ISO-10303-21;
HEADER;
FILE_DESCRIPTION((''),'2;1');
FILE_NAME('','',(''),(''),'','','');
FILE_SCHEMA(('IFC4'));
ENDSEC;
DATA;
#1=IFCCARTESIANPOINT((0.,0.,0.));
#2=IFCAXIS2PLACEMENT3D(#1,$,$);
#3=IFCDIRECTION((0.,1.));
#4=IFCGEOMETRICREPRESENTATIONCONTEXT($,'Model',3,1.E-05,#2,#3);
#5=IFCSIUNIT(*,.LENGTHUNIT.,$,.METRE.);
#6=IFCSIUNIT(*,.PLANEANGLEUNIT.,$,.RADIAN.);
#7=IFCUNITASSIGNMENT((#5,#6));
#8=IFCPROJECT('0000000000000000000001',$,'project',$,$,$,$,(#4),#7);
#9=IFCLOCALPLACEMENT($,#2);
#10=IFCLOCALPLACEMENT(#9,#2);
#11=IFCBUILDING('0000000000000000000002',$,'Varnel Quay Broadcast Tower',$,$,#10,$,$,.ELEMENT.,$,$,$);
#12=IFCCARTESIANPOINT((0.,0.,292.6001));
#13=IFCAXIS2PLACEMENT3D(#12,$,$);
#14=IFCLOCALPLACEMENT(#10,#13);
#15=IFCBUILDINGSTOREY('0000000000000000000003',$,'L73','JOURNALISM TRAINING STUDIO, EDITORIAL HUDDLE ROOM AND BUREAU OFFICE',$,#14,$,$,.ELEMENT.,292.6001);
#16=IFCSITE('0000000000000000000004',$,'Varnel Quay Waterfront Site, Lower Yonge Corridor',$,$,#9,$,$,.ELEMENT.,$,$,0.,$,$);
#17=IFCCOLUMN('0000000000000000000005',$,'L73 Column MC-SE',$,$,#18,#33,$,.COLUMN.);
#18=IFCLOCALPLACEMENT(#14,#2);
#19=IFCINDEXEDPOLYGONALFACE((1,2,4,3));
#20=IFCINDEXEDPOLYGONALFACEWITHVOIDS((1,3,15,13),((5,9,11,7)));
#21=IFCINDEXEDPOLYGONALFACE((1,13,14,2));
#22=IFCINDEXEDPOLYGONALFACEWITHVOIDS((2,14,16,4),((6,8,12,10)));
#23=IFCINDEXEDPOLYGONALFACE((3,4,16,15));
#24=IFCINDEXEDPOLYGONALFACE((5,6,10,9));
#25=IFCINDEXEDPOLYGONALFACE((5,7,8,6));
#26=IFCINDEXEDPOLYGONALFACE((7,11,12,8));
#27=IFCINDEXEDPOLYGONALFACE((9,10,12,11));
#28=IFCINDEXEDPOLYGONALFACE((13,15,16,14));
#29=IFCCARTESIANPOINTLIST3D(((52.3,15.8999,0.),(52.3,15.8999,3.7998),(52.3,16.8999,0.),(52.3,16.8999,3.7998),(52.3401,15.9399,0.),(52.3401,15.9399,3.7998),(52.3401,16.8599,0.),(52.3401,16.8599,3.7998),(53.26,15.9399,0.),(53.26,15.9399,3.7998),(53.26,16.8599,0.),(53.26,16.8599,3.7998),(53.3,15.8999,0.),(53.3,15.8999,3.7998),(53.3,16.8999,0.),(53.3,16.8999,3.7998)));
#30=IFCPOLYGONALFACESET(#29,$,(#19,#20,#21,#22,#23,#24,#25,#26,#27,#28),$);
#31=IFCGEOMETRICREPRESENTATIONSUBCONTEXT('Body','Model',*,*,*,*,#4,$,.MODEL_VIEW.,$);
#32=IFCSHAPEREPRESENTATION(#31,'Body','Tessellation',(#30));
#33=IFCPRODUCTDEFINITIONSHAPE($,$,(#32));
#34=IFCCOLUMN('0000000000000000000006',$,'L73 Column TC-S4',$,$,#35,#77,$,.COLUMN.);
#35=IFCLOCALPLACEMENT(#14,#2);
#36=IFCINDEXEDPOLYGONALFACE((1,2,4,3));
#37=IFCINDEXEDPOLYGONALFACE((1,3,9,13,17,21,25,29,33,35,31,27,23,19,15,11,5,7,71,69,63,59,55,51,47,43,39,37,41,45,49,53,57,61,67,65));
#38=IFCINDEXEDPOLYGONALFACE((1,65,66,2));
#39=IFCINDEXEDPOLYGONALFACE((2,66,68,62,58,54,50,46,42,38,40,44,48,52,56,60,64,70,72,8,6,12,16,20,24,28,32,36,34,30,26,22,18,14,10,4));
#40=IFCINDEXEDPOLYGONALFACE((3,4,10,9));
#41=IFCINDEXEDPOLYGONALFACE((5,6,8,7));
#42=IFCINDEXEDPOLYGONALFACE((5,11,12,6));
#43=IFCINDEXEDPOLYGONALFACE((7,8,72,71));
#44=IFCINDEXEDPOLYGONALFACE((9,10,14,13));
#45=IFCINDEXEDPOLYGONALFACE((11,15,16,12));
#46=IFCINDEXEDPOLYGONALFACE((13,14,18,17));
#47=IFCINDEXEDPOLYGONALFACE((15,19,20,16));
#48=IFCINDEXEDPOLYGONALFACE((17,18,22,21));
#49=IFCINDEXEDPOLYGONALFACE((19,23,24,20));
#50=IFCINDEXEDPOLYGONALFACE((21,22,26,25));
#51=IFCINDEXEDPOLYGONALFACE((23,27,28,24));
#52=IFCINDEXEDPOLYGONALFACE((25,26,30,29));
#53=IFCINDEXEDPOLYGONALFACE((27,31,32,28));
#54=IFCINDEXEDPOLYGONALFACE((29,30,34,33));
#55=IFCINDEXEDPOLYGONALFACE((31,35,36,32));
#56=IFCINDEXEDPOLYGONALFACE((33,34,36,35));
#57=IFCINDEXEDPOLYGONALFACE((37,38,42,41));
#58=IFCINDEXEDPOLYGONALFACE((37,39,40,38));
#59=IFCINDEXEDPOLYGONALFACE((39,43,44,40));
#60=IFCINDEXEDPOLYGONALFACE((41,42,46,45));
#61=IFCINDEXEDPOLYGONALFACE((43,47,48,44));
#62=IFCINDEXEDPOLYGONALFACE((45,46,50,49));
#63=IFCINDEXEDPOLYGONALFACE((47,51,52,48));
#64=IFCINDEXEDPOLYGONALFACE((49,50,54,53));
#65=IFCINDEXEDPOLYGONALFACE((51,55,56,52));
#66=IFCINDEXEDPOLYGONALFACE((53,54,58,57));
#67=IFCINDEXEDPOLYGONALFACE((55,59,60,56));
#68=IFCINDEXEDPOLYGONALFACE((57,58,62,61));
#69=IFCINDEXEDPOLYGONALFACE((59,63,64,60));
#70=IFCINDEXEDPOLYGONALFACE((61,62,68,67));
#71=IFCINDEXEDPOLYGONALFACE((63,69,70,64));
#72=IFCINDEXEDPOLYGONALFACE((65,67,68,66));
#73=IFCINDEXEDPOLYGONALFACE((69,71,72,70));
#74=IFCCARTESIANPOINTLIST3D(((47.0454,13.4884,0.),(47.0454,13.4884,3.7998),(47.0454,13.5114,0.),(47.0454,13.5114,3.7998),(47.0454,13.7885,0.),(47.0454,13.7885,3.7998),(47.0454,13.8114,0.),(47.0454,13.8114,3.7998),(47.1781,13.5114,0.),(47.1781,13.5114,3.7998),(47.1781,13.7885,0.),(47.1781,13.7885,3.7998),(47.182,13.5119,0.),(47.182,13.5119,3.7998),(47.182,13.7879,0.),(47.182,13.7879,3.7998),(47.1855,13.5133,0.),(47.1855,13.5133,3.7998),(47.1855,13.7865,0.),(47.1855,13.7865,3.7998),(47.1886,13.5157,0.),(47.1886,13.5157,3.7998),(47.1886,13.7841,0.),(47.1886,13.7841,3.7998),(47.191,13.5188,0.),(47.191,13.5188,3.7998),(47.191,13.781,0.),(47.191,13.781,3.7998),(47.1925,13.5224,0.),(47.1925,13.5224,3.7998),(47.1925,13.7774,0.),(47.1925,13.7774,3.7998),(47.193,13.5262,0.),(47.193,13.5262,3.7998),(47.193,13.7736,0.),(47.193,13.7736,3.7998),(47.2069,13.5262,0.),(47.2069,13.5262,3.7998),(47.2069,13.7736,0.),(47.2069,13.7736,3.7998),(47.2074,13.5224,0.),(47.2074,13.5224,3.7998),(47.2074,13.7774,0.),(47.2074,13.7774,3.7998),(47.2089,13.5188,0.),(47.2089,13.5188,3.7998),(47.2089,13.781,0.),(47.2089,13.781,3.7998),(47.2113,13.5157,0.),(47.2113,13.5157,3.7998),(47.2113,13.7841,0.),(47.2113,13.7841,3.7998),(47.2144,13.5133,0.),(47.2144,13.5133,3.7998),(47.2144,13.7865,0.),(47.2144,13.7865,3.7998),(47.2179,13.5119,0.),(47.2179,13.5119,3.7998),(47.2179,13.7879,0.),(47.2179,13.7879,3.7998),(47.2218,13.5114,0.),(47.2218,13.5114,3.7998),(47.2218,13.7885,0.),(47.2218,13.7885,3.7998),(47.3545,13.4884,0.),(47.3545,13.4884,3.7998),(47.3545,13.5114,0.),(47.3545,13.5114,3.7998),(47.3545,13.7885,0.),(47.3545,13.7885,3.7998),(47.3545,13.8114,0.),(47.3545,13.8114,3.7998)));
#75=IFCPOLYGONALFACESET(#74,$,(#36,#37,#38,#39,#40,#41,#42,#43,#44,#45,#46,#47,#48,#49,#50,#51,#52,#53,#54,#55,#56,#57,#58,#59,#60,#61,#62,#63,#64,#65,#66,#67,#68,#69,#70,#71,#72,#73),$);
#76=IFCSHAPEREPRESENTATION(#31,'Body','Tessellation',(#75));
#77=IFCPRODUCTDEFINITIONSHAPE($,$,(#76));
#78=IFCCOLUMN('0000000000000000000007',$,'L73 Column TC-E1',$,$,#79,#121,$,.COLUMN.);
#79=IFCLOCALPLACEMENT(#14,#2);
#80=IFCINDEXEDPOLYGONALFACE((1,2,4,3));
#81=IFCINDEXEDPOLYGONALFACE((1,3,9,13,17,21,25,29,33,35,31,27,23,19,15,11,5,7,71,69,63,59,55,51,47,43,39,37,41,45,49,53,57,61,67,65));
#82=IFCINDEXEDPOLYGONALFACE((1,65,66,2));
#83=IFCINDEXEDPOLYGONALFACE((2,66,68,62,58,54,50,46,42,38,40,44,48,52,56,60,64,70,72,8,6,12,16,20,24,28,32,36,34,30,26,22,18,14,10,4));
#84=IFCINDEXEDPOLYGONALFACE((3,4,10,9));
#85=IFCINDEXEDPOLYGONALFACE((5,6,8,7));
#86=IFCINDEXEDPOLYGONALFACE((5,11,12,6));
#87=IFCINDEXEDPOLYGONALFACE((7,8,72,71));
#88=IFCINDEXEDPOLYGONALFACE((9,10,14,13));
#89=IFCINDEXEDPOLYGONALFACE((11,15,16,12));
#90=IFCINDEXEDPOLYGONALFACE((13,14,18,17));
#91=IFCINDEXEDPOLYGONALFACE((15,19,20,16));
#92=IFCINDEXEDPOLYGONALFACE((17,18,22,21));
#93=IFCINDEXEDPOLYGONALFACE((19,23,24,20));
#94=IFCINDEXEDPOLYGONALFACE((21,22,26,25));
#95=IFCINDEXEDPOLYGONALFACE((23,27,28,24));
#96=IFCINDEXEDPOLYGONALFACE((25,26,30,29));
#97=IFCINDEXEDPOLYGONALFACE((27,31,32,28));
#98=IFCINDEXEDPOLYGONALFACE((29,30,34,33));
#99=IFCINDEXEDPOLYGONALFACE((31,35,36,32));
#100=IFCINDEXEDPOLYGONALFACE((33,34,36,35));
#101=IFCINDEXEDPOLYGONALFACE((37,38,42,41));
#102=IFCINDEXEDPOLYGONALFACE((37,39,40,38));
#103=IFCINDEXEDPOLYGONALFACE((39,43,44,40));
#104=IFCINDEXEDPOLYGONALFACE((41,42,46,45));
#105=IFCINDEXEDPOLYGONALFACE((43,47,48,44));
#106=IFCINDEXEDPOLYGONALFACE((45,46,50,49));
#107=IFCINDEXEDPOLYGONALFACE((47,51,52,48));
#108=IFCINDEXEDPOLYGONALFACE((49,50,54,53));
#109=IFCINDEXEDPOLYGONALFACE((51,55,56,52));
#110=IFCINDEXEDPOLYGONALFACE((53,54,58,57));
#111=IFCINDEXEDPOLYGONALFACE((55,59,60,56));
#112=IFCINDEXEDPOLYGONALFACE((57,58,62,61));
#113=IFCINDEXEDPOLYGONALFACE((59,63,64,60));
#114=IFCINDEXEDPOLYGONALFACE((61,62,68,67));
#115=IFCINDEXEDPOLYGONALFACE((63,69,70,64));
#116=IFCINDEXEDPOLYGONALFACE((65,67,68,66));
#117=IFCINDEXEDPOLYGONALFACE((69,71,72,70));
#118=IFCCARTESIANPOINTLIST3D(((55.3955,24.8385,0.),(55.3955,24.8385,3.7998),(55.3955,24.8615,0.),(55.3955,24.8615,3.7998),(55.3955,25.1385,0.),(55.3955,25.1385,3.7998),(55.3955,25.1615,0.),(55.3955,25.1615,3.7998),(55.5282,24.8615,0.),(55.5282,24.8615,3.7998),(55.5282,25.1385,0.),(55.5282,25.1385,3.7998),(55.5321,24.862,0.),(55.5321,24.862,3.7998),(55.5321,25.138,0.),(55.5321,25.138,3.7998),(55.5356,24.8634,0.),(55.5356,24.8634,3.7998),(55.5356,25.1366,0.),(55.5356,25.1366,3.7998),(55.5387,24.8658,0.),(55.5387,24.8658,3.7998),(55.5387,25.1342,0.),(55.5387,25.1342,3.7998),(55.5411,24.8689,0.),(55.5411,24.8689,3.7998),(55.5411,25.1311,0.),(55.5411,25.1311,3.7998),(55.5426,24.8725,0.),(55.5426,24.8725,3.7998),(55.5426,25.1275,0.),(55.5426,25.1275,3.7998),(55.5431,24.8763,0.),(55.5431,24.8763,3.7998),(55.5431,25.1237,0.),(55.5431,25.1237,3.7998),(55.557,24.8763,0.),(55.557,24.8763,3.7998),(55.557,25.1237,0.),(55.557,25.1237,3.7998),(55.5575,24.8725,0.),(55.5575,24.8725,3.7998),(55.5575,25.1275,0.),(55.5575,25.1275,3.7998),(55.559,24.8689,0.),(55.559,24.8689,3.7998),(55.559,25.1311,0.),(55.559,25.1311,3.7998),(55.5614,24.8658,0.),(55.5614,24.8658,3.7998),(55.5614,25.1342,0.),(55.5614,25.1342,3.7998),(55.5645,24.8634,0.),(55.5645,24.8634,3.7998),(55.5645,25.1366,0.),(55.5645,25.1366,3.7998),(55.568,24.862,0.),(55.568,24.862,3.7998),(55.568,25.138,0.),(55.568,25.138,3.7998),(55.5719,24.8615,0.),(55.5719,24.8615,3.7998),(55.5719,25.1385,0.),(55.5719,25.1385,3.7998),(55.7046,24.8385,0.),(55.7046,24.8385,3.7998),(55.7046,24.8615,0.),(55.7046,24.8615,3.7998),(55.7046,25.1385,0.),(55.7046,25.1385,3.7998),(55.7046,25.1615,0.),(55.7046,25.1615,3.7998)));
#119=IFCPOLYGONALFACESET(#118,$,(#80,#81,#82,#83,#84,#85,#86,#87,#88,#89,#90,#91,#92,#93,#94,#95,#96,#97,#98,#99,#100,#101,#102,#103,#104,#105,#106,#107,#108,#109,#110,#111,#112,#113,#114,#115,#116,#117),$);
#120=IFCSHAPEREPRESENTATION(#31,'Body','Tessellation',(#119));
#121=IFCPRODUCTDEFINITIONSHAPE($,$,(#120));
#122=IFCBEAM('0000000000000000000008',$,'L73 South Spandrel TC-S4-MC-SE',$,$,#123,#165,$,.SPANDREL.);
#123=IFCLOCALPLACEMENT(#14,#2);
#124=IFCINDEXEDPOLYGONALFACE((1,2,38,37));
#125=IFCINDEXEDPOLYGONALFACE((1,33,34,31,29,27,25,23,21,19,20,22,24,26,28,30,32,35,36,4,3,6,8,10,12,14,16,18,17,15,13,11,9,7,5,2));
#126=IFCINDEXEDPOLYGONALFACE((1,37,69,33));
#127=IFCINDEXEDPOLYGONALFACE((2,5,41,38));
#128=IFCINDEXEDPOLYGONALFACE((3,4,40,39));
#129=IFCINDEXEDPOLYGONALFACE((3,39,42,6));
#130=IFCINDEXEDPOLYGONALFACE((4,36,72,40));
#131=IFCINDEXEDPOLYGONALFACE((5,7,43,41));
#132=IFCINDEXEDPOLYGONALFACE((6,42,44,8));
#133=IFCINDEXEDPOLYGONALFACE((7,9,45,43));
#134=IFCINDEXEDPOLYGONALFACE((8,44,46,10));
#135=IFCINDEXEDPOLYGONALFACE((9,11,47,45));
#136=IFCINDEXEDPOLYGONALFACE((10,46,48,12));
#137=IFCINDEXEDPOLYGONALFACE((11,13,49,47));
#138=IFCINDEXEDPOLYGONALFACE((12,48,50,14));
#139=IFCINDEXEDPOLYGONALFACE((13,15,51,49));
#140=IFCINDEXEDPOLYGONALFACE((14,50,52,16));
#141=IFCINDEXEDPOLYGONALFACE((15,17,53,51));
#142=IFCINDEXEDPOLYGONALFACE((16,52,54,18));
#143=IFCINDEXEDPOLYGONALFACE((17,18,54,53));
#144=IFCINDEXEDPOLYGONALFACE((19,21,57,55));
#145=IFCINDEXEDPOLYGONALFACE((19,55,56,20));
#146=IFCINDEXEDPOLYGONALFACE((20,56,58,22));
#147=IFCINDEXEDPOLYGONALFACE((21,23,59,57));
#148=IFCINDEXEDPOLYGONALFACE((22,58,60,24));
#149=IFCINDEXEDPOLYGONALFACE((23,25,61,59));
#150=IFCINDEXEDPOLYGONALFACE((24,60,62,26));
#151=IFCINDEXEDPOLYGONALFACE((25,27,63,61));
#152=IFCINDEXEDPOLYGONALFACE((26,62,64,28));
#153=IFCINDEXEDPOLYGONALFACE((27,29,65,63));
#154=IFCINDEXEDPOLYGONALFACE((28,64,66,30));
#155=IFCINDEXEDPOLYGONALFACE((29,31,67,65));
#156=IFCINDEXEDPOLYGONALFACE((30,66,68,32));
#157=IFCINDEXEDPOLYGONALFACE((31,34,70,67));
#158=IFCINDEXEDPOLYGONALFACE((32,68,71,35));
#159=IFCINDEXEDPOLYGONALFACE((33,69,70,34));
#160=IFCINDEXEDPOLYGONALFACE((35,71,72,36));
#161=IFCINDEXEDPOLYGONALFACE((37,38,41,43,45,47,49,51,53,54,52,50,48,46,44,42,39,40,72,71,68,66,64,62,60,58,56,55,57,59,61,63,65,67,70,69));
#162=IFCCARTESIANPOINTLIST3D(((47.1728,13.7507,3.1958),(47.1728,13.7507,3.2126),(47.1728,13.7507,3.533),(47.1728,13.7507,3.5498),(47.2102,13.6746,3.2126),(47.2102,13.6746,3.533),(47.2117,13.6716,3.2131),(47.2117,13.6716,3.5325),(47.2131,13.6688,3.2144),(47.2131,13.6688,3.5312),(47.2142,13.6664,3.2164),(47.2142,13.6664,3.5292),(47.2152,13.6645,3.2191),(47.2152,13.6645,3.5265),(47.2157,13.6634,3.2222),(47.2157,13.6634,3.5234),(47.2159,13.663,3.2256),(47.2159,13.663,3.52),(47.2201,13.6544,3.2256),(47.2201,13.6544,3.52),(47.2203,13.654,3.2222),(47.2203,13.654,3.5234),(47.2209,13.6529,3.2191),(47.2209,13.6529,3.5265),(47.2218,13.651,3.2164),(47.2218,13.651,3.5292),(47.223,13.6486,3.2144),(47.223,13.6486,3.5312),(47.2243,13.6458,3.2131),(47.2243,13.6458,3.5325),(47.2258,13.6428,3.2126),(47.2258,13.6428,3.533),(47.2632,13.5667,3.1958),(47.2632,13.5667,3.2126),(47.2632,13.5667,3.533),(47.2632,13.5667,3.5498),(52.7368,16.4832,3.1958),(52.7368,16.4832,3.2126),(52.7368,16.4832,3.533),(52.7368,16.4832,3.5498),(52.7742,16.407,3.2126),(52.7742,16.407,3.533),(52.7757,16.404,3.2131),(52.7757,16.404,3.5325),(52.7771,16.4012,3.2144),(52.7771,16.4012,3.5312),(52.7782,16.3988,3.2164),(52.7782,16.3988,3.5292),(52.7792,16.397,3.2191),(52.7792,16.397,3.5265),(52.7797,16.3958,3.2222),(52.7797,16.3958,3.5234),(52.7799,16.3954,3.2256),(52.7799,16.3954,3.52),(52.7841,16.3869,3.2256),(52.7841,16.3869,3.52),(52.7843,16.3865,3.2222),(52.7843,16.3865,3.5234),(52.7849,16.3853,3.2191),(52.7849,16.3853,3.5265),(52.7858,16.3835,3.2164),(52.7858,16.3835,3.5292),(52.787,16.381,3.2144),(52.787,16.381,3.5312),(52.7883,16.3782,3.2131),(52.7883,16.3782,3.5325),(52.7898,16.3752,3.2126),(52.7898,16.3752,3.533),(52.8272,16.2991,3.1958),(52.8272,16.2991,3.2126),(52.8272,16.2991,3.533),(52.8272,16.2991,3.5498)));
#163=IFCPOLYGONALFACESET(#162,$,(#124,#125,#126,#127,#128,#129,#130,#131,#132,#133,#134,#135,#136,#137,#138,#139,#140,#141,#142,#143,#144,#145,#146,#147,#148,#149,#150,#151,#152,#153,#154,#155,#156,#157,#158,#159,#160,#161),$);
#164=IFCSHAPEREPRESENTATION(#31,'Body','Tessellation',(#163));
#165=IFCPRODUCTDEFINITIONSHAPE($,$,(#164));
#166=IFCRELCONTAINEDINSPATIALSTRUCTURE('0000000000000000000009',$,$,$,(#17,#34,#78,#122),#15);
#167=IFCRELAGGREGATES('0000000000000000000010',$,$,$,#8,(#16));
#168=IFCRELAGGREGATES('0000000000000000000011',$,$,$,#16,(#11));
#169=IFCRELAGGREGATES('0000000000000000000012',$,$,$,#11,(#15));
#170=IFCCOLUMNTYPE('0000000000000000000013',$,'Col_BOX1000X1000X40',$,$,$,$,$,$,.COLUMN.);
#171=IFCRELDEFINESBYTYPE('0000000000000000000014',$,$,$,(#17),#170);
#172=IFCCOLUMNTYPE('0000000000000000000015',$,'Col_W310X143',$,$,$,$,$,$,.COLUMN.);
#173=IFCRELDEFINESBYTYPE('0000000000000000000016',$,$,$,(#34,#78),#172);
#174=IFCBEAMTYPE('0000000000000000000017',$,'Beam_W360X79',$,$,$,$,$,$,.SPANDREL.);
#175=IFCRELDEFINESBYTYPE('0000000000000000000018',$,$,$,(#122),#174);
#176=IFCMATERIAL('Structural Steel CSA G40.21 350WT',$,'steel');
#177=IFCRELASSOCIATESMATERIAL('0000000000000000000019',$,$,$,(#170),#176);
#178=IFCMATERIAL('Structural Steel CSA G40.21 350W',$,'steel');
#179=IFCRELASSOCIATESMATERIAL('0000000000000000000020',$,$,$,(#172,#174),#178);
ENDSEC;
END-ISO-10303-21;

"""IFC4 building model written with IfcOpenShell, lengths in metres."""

from ifc_helpers import new_model, si_unit, direction, frame, origin, origin_2d, place, context, subcontext, project, spatial, hollow_rectangle, i_section, extrude, source, transform, mapped, material, material_profile, profile_set, type_object, type_shapes, element, save


model = new_model("IFC4")

# Units and contexts
model_context = context("Model", 3, precision=1e-05, world=origin(), true_north=direction((0.0, 1.0)))
body_context = subcontext(model_context, "Body", "Model", "MODEL_VIEW")
ifc_project = project(units=[si_unit("LENGTHUNIT", "METRE"), si_unit("PLANEANGLEUNIT", "RADIAN")], contexts=[model_context])

# Site, building, storey
site_placement = place(None, origin())
site = spatial("IfcSite", under=ifc_project, at=site_placement, Name="Varnel Quay Waterfront Site, Lower Yonge Corridor", CompositionType="ELEMENT", RefElevation=0.0)
building_placement = place(site_placement, origin())
building = spatial("IfcBuilding", under=site, at=building_placement, Name="Varnel Quay Broadcast Tower", CompositionType="ELEMENT")
storey_placement = place(building_placement, frame((0.0, 0.0, 292.6001)))
storey = spatial("IfcBuildingStorey", under=building, at=storey_placement, Name="L73", Description="JOURNALISM TRAINING STUDIO, EDITORIAL HUDDLE ROOM AND BUREAU OFFICE", CompositionType="ELEMENT", Elevation=292.6001)

# Columns
ifc_material_1 = material(Name="Structural Steel CSA G40.21 350WT", Category="steel")
ifc_material_profile_1 = material_profile(ifc_material_1, hollow_rectangle(XDim=1.0, YDim=1.0, WallThickness=0.04, at=origin_2d()), Name="BOX1000X1000X40")
ifc_profile_set_1 = profile_set([ifc_material_profile_1], Name="Structural Steel CSA G40.21 350WT")
column_type_1 = type_object("IfcColumnType", Name="Col_BOX1000X1000X40", PredefinedType="COLUMN", material=ifc_profile_set_1)
shared_shape_1 = source(origin(), body_context, "Body", "SweptSolid", [
    extrude(hollow_rectangle(XDim=1.0, YDim=1.0, WallThickness=0.04, at=origin_2d()), origin(), (0.0, 0.0, 1.0), 3.7998),
])
type_shapes(column_type_1, [shared_shape_1])
column_placement = place(storey_placement, frame((52.8, 16.3999, 0.0), z_axis=(0.0, 0.0, 1.0), x_axis=(1.0, 0.0, 0.0)))
element("IfcColumn", 1, at=column_placement, inside=storey, type_object=column_type_1, Name="L73 Column MC-SE", PredefinedType="COLUMN", context=body_context, shape_type="MappedRepresentation", body=[
    mapped(shared_shape_1, transform((0.0, 0.0, 0.0), x_axis=(1.0, 0.0, 0.0), y_axis=(0.0, 1.0, 0.0), z_axis=(0.0, 0.0, 1.0), scale=1.0)),
])
ifc_material_2 = material(Name="Structural Steel CSA G40.21 350W", Category="steel")
ifc_material_profile_2 = material_profile(ifc_material_2, i_section(OverallWidth=0.3091, OverallDepth=0.323, WebThickness=0.0139, FlangeThickness=0.0229, FilletRadius=0.0149, at=origin_2d()), Name="W310X143")
ifc_profile_set_2 = profile_set([ifc_material_profile_2], Name="Structural Steel CSA G40.21 350W")
column_type_2 = type_object("IfcColumnType", Name="Col_W310X143", PredefinedType="COLUMN", material=ifc_profile_set_2)
shared_shape_2 = source(origin(), body_context, "Body", "SweptSolid", [
    extrude(i_section(OverallWidth=0.3091, OverallDepth=0.323, WebThickness=0.0139, FlangeThickness=0.0229, FilletRadius=0.0149, at=origin_2d()), origin(), (0.0, 0.0, 1.0), 3.7998),
])
type_shapes(column_type_2, [shared_shape_2])
for number, where, z_axis, x_axis, name in (
    (2, (47.2, 13.6499, 0.0), (0.0, 0.0, 1.0), (1.0, 0.0, 0.0), "L73 Column TC-S4"),
    (3, (55.55, 25.0, 0.0), (0.0, 0.0, 1.0), (1.0, 0.0, 0.0), "L73 Column TC-E1"),
):
    element("IfcColumn", number, at=place(storey_placement, frame(where, z_axis=z_axis, x_axis=x_axis)), inside=storey, type_object=column_type_2, Name=name, PredefinedType="COLUMN", context=body_context, shape_type="MappedRepresentation", body=[
        mapped(shared_shape_2, transform((0.0, 0.0, 0.0), x_axis=(1.0, 0.0, 0.0), y_axis=(0.0, 1.0, 0.0), z_axis=(0.0, 0.0, 1.0), scale=1.0)),
    ])

# Beam
ifc_material_profile_3 = material_profile(ifc_material_2, i_section(OverallWidth=0.2051, OverallDepth=0.354, WebThickness=0.0095, FlangeThickness=0.0168, FilletRadius=0.0129, at=origin_2d()), Name="W360X79")
ifc_profile_set_3 = profile_set([ifc_material_profile_3], Name="Structural Steel CSA G40.21 350W")
beam_type = type_object("IfcBeamType", Name="Beam_W360X79", PredefinedType="SPANDREL", material=ifc_profile_set_3)
shared_shape_3 = source(origin(), body_context, "Body", "SweptSolid", [
    extrude(i_section(OverallWidth=0.2051, OverallDepth=0.354, WebThickness=0.0095, FlangeThickness=0.0168, FilletRadius=0.0129, at=origin_2d()), origin(), (0.0, 0.0, 1.0), 6.1987),
])
beam_1_placement = place(storey_placement, frame((47.218, 13.6587, 3.3728), z_axis=(0.897602, 0.440806, 0.0), x_axis=(-0.440806, 0.897602, 0.0)))
element("IfcBeam", 4, at=beam_1_placement, inside=storey, type_object=beam_type, Name="L73 South Spandrel TC-S4-MC-SE", PredefinedType="SPANDREL", context=body_context, shape_type="MappedRepresentation", body=[
    mapped(shared_shape_3, transform((0.0, 0.0, 0.0), x_axis=(1.0, 0.0, 0.0), y_axis=(0.0, 1.0, 0.0), z_axis=(0.0, 0.0, 1.0), scale=1.0)),
])

save(model, "model.ifc")
